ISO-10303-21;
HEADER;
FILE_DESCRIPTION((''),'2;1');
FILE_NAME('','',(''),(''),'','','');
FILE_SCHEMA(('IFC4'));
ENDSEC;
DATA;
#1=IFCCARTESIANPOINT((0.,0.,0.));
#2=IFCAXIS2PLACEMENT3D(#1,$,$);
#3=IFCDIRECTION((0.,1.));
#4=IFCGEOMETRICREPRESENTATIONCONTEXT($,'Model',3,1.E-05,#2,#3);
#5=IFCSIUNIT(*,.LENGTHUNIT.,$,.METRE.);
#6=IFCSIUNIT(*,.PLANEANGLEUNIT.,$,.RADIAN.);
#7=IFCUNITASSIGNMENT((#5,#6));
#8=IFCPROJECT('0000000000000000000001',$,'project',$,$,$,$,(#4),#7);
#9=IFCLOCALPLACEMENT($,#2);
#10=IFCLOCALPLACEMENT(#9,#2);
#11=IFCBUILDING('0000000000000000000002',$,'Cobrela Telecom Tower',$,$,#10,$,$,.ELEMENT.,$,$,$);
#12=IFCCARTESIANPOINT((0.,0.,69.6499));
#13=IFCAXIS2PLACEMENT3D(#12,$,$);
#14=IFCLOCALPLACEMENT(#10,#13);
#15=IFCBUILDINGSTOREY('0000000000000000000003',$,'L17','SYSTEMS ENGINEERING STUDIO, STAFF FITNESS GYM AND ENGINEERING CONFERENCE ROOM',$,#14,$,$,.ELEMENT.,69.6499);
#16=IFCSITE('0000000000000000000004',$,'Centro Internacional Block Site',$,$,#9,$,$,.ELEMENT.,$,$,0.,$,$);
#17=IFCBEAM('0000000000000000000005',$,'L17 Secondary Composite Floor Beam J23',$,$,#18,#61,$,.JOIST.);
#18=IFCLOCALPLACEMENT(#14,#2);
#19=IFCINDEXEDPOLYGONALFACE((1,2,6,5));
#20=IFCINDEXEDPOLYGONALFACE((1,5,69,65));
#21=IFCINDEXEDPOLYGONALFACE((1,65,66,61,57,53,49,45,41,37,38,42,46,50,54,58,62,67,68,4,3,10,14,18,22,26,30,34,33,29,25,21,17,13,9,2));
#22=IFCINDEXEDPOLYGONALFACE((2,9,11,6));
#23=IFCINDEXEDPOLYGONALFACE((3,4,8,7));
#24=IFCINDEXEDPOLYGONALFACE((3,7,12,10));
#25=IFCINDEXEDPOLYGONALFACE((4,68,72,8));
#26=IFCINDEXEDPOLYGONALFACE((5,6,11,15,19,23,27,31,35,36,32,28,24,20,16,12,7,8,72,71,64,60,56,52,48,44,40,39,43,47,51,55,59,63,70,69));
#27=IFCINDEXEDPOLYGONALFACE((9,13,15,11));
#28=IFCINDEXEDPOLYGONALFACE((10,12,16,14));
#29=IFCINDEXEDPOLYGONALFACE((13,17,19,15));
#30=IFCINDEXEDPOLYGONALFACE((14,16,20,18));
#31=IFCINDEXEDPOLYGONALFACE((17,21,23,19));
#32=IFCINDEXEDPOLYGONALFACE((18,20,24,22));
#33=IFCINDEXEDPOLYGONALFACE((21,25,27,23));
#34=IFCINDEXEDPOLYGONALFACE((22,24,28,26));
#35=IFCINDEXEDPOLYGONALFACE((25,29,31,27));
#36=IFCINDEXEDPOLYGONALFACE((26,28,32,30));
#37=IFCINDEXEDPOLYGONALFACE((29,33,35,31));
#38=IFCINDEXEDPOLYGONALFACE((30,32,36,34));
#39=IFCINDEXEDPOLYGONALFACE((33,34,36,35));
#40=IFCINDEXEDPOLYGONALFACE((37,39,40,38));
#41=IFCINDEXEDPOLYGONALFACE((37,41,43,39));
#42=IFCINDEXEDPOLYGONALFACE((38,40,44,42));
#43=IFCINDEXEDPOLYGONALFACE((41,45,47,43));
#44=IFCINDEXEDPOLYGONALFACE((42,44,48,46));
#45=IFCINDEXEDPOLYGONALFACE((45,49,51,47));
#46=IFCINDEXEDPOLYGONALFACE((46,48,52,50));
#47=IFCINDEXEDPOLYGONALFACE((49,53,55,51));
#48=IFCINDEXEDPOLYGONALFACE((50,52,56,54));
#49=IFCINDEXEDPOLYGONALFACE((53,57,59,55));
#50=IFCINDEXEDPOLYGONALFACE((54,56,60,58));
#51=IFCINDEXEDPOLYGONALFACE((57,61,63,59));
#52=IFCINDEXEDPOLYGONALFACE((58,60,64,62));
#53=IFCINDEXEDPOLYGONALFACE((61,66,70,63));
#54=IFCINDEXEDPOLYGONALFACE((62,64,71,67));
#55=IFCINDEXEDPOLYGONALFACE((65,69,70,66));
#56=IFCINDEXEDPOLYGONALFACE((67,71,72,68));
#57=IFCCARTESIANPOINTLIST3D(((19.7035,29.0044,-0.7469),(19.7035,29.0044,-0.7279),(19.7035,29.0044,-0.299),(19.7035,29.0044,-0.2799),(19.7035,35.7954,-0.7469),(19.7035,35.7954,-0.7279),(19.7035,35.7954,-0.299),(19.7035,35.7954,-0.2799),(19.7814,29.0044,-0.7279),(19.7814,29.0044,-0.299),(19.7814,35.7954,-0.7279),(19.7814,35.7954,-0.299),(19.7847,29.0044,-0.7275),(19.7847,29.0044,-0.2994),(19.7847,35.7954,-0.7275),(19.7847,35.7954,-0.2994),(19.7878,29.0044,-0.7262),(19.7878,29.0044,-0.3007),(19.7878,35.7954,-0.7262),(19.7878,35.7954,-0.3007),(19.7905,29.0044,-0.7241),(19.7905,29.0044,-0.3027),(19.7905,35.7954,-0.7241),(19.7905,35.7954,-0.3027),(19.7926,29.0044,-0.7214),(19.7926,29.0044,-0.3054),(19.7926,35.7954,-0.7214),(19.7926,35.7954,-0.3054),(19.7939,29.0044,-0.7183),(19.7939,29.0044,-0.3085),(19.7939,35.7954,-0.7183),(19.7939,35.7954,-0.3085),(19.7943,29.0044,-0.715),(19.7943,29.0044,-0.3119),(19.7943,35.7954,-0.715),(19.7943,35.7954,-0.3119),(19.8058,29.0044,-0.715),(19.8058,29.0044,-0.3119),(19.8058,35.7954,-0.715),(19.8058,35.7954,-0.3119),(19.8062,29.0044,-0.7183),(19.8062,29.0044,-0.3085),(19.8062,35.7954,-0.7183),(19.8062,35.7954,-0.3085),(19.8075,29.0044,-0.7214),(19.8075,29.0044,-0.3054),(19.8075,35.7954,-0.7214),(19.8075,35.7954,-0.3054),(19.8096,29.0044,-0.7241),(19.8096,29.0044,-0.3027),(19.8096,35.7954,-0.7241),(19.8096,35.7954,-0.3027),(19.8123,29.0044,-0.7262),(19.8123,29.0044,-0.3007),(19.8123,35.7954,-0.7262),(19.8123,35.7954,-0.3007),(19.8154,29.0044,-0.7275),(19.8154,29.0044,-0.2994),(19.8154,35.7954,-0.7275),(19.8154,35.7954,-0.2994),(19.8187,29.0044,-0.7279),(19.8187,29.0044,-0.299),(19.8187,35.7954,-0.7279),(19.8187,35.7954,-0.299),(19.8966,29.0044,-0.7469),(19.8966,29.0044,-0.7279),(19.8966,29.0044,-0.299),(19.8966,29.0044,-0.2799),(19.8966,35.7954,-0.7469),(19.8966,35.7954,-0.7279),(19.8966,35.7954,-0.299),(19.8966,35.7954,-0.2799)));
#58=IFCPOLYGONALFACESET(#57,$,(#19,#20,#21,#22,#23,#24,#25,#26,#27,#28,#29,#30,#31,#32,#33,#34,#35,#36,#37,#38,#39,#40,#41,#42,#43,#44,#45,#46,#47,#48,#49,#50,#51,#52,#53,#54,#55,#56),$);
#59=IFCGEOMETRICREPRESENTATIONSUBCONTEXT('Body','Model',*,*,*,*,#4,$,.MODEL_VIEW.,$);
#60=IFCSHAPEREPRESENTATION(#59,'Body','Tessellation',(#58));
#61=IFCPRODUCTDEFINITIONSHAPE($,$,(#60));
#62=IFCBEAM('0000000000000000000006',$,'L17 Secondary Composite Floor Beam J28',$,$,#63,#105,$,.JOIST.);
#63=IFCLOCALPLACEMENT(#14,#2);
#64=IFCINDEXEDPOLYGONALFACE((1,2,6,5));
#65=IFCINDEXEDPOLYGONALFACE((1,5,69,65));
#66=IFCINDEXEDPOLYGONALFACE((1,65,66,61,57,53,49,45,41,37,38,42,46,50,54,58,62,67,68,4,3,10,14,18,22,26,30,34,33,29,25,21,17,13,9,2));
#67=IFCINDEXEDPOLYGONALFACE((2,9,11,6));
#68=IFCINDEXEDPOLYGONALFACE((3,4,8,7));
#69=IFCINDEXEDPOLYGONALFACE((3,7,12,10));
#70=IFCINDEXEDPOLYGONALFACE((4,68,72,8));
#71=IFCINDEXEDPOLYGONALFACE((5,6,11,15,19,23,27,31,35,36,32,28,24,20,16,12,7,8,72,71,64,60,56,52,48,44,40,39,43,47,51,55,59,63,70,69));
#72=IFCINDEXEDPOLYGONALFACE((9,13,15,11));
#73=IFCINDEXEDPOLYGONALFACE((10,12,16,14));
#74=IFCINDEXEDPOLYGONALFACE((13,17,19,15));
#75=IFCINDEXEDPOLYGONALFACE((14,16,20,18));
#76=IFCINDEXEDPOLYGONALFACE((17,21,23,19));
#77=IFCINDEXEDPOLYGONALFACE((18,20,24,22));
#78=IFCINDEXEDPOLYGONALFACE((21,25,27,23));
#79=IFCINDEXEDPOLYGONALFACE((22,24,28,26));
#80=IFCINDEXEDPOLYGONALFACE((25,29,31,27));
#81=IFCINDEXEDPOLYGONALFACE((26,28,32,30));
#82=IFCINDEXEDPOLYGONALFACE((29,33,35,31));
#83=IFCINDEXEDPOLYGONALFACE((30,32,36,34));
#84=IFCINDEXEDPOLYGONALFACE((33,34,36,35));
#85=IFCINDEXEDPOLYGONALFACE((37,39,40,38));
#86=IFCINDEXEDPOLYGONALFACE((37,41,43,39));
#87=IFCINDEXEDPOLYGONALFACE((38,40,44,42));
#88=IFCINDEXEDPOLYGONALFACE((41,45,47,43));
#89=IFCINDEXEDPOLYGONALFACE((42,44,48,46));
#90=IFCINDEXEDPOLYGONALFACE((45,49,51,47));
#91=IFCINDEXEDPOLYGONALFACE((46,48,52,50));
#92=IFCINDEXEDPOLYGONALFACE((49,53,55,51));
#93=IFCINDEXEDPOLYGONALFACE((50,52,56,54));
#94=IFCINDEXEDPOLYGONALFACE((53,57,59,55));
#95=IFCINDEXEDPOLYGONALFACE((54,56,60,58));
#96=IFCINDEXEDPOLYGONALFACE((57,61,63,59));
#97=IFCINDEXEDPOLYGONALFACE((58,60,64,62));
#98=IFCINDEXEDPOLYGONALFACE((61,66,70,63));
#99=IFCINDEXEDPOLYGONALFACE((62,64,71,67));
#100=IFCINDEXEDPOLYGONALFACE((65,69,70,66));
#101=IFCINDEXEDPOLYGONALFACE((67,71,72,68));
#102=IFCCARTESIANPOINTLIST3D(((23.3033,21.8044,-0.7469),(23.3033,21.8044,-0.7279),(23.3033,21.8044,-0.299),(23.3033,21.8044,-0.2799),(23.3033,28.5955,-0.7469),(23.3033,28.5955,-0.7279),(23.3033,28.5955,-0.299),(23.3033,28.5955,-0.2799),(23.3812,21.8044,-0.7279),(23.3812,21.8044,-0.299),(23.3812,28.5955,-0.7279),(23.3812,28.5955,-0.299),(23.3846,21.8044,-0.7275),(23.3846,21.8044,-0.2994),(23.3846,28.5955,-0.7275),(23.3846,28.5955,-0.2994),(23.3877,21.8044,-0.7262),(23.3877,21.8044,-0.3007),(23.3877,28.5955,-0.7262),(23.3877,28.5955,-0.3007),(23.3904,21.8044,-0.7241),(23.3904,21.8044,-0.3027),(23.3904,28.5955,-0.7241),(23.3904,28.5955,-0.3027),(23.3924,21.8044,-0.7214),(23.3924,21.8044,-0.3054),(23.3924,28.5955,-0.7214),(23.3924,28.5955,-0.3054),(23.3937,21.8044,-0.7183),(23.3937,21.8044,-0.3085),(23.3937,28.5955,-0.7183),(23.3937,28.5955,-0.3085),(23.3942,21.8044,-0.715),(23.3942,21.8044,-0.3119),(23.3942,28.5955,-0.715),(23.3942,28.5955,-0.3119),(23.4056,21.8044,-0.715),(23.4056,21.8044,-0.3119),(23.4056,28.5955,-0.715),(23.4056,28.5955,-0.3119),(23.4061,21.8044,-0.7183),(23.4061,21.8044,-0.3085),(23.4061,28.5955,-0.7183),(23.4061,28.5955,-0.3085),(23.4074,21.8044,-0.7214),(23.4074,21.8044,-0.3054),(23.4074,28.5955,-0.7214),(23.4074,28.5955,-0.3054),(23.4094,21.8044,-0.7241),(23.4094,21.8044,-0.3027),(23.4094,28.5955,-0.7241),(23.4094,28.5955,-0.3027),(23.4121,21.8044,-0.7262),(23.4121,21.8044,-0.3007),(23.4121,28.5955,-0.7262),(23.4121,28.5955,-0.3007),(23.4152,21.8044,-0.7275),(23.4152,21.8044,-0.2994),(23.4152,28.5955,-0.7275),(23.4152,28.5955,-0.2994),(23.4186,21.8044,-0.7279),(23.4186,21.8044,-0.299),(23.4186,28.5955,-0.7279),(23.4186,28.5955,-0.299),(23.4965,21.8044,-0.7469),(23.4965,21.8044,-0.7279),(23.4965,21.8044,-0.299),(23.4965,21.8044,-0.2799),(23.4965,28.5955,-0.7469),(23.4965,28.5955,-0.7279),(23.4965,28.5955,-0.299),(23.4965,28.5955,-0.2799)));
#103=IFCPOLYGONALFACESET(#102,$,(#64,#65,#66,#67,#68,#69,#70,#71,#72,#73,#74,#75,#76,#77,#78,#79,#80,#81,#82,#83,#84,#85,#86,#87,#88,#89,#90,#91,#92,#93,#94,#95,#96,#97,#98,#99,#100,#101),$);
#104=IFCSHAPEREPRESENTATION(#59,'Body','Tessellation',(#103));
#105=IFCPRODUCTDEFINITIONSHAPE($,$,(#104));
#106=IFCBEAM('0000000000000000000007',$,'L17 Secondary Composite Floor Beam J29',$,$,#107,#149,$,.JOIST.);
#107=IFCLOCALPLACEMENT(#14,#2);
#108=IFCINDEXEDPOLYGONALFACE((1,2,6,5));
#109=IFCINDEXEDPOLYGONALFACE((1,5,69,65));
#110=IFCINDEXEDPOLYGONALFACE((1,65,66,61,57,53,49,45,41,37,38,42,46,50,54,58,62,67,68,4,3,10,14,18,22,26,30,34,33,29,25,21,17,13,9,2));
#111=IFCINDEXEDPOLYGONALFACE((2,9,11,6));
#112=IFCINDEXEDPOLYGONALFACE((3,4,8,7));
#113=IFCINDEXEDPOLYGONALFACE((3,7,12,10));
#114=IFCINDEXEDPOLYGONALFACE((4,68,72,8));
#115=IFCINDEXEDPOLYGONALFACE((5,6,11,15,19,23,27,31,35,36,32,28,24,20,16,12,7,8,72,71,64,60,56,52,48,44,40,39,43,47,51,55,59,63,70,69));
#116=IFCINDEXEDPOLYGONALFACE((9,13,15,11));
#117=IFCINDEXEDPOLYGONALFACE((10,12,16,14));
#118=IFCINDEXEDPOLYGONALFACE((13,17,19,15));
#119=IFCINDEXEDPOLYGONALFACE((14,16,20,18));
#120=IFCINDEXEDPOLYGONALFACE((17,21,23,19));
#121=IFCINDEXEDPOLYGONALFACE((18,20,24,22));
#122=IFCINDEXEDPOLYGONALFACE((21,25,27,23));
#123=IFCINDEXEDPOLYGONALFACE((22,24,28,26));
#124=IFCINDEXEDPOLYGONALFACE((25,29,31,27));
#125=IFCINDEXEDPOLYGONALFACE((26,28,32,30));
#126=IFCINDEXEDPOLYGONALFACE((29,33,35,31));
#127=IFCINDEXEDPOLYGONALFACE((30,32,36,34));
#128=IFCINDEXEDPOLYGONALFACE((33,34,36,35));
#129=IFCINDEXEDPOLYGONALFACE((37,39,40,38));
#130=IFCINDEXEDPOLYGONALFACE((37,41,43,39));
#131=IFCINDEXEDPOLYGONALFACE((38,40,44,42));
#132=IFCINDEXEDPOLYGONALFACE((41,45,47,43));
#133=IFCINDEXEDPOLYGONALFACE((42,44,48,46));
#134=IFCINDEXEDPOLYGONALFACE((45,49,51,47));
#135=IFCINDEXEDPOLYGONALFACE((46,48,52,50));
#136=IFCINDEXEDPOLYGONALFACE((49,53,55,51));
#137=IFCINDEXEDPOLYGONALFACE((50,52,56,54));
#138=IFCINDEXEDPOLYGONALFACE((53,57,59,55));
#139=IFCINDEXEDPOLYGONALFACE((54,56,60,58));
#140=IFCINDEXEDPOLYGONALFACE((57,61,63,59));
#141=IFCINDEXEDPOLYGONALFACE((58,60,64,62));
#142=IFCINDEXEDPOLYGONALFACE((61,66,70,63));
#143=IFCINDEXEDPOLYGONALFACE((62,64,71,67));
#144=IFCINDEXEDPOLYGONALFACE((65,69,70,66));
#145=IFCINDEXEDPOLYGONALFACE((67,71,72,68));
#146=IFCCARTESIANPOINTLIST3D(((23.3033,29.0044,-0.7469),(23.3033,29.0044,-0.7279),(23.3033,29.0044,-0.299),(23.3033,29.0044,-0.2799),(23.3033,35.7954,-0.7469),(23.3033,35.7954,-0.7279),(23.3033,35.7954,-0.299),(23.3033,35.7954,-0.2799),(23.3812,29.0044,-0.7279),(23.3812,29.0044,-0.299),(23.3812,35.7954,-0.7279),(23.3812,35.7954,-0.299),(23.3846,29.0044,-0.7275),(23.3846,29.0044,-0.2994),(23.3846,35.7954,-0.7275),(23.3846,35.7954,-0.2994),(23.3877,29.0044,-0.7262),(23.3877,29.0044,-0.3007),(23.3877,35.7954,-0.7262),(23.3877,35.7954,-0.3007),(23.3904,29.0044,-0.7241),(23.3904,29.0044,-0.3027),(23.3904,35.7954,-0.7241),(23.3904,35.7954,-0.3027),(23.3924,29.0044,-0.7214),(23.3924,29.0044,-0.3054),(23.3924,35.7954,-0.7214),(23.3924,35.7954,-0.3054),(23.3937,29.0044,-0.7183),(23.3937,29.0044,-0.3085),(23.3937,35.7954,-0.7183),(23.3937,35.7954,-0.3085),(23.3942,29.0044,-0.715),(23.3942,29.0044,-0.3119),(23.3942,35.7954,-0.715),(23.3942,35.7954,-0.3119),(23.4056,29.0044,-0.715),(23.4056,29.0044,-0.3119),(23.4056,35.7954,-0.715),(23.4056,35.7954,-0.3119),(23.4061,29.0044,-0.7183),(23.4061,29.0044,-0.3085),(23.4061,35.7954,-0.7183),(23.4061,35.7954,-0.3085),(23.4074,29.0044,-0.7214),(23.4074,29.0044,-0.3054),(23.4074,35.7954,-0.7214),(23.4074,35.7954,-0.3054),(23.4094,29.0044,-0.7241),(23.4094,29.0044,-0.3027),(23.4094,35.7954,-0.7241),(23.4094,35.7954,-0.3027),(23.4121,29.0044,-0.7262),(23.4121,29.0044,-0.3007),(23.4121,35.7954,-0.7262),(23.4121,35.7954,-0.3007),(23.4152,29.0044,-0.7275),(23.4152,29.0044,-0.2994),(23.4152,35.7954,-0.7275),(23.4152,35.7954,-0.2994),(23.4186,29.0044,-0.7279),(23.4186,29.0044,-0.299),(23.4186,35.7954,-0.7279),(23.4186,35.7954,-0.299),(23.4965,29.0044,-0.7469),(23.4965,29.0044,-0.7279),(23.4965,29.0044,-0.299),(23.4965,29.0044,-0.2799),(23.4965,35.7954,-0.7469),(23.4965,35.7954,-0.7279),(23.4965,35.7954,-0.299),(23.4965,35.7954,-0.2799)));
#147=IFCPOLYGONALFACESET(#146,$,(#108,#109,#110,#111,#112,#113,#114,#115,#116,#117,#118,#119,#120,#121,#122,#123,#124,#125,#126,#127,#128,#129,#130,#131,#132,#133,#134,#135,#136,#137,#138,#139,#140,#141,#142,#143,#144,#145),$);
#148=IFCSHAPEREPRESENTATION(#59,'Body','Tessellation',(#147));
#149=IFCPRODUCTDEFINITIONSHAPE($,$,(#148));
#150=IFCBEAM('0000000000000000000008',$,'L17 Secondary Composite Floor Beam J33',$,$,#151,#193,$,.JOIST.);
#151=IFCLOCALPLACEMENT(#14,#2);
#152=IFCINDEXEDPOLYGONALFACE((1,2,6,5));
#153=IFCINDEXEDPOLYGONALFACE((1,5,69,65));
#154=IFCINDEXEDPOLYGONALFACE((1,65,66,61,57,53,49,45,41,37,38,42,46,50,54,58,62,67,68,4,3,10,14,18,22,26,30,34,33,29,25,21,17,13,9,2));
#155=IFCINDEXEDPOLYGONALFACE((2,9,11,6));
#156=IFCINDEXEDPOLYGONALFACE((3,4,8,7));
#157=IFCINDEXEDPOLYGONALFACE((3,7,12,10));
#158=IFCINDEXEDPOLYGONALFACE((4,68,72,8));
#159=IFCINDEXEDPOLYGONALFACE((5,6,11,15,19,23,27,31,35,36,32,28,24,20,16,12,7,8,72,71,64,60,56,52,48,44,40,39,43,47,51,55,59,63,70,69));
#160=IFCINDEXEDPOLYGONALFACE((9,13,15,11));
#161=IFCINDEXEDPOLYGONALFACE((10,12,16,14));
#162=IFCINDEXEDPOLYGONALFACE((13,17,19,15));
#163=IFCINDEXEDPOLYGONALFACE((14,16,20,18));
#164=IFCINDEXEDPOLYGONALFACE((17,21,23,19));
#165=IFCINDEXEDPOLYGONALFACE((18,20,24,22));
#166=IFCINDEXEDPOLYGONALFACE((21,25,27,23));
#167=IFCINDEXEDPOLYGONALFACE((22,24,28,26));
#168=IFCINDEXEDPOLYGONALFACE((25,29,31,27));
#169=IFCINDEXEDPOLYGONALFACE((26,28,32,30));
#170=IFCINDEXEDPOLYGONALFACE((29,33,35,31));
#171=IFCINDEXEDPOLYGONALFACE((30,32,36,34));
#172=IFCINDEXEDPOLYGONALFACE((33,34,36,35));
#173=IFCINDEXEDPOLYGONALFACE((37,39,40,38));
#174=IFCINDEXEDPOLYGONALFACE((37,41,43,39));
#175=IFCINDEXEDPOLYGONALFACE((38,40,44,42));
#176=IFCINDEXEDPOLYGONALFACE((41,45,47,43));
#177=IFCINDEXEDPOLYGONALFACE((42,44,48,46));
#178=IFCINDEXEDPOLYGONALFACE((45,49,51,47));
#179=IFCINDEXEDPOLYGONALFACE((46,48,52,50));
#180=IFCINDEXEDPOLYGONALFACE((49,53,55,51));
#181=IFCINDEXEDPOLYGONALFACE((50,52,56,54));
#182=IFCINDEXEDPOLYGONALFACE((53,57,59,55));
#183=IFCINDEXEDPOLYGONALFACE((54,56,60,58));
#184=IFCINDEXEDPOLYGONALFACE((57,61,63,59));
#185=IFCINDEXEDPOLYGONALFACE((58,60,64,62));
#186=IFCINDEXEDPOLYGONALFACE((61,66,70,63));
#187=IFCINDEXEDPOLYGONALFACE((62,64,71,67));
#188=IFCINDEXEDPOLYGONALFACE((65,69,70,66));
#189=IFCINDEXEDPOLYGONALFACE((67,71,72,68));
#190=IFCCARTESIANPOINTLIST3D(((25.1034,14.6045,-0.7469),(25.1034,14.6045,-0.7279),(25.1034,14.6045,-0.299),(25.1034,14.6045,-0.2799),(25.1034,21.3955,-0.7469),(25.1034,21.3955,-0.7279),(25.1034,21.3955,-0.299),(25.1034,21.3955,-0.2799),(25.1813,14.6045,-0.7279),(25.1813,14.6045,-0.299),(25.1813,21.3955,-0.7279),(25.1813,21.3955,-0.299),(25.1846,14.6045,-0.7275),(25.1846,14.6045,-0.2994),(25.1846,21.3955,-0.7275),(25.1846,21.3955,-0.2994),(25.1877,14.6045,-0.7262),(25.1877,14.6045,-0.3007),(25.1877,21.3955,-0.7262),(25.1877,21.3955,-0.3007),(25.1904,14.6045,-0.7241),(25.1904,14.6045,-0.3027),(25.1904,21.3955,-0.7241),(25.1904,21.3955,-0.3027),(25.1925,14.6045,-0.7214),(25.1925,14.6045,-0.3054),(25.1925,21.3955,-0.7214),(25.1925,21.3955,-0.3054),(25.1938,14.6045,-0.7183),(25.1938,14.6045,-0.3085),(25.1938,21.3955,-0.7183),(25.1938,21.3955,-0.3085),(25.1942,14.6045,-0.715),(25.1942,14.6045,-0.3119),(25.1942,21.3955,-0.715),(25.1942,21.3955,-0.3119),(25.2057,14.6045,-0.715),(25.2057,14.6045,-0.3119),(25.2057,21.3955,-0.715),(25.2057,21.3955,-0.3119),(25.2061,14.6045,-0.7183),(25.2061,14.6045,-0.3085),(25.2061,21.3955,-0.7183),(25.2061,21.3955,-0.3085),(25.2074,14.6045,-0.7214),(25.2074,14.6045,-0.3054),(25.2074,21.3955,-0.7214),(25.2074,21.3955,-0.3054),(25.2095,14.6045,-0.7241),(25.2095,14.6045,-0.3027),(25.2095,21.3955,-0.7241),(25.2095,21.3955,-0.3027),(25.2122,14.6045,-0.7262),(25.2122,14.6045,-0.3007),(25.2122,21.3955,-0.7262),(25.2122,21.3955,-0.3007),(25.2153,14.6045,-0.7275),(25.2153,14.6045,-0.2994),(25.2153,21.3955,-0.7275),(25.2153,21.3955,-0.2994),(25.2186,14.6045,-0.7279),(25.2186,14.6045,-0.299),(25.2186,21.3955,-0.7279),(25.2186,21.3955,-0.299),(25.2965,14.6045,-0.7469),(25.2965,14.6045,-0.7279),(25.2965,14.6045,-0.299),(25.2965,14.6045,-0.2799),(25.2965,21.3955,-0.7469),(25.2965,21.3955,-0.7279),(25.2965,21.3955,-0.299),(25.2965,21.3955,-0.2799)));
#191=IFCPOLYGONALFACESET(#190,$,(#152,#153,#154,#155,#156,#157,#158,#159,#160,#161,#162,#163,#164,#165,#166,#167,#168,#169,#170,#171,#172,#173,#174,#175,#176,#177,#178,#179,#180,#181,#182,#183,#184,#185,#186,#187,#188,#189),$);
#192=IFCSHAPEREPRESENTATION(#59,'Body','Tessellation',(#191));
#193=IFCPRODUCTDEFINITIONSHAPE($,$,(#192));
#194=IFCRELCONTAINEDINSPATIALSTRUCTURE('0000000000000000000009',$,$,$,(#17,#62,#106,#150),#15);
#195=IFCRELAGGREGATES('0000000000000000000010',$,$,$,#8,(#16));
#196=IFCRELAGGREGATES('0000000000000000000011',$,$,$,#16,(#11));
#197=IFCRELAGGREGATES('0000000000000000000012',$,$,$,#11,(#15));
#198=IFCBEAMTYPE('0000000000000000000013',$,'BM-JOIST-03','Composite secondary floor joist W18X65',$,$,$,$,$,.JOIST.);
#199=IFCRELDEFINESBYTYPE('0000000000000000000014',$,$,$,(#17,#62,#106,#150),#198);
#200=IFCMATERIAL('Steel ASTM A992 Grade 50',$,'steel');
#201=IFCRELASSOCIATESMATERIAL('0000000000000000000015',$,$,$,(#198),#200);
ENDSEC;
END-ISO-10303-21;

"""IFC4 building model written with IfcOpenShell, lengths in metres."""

from ifc_helpers import new_model, si_unit, direction, frame, origin, origin_2d, place, context, subcontext, project, spatial, i_section, extrude, material, material_profile, profile_set, type_object, element, save


model = new_model("IFC4")

# Units and contexts
model_context = context("Model", 3, precision=1e-05, world=origin(), true_north=direction((0.0, 1.0)))
body_context = subcontext(model_context, "Body", "Model", "MODEL_VIEW")
ifc_project = project(units=[si_unit("LENGTHUNIT", "METRE"), si_unit("PLANEANGLEUNIT", "RADIAN")], contexts=[model_context])

# Site, building, storey
site_placement = place(None, origin())
site = spatial("IfcSite", under=ifc_project, at=site_placement, Name="Centro Internacional Block Site", CompositionType="ELEMENT", RefElevation=0.0)
building_placement = place(site_placement, origin())
building = spatial("IfcBuilding", under=site, at=building_placement, Name="Cobrela Telecom Tower", CompositionType="ELEMENT")
storey_placement = place(building_placement, frame((0.0, 0.0, 69.6499)))
storey = spatial("IfcBuildingStorey", under=building, at=storey_placement, Name="L17", Description="SYSTEMS ENGINEERING STUDIO, STAFF FITNESS GYM AND ENGINEERING CONFERENCE ROOM", CompositionType="ELEMENT", Elevation=69.6499)

# Shared definitions
ifc_material_1 = material(Name="Steel ASTM A992 Grade 50", Category="steel")

# Beams
ifc_material_profile_1 = material_profile(ifc_material_1, i_section(OverallWidth=0.1931, OverallDepth=0.467, WebThickness=0.0115, FlangeThickness=0.019, FilletRadius=0.0129, at=origin_2d()), Name="W18X65")
ifc_profile_set_1 = profile_set([ifc_material_profile_1], Name="Steel ASTM A992 Grade 50")
beam_type_1 = type_object("IfcBeamType", Name="BM-JOIST-03", Description="Composite secondary floor joist W18X65", PredefinedType="JOIST", material=ifc_profile_set_1)
for number, where, z_axis, x_axis, name in (
    (1, (19.8, 29.0044, -0.5134), (0.0, 1.0, 0.0), (-1.0, 0.0, 0.0), "L17 Secondary Composite Floor Beam J23"),
    (2, (23.3999, 21.8044, -0.5134), (0.0, 1.0, 0.0), (-1.0, 0.0, 0.0), "L17 Secondary Composite Floor Beam J28"),
    (3, (23.3999, 29.0044, -0.5134), (0.0, 1.0, 0.0), (-1.0, 0.0, 0.0), "L17 Secondary Composite Floor Beam J29"),
    (4, (25.2, 14.6045, -0.5134), (0.0, 1.0, 0.0), (-1.0, 0.0, 0.0), "L17 Secondary Composite Floor Beam J33"),
):
    element("IfcBeam", number, at=place(storey_placement, frame(where, z_axis=z_axis, x_axis=x_axis)), inside=storey, type_object=beam_type_1, Name=name, PredefinedType="JOIST", context=body_context, shape_type="SweptSolid", body=[
        extrude(i_section(OverallWidth=0.1931, OverallDepth=0.467, WebThickness=0.0115, FlangeThickness=0.019, FilletRadius=0.0129, at=origin_2d()), origin(), (0.0, 0.0, 1.0), 6.791),
    ])

save(model, "model.ifc")
